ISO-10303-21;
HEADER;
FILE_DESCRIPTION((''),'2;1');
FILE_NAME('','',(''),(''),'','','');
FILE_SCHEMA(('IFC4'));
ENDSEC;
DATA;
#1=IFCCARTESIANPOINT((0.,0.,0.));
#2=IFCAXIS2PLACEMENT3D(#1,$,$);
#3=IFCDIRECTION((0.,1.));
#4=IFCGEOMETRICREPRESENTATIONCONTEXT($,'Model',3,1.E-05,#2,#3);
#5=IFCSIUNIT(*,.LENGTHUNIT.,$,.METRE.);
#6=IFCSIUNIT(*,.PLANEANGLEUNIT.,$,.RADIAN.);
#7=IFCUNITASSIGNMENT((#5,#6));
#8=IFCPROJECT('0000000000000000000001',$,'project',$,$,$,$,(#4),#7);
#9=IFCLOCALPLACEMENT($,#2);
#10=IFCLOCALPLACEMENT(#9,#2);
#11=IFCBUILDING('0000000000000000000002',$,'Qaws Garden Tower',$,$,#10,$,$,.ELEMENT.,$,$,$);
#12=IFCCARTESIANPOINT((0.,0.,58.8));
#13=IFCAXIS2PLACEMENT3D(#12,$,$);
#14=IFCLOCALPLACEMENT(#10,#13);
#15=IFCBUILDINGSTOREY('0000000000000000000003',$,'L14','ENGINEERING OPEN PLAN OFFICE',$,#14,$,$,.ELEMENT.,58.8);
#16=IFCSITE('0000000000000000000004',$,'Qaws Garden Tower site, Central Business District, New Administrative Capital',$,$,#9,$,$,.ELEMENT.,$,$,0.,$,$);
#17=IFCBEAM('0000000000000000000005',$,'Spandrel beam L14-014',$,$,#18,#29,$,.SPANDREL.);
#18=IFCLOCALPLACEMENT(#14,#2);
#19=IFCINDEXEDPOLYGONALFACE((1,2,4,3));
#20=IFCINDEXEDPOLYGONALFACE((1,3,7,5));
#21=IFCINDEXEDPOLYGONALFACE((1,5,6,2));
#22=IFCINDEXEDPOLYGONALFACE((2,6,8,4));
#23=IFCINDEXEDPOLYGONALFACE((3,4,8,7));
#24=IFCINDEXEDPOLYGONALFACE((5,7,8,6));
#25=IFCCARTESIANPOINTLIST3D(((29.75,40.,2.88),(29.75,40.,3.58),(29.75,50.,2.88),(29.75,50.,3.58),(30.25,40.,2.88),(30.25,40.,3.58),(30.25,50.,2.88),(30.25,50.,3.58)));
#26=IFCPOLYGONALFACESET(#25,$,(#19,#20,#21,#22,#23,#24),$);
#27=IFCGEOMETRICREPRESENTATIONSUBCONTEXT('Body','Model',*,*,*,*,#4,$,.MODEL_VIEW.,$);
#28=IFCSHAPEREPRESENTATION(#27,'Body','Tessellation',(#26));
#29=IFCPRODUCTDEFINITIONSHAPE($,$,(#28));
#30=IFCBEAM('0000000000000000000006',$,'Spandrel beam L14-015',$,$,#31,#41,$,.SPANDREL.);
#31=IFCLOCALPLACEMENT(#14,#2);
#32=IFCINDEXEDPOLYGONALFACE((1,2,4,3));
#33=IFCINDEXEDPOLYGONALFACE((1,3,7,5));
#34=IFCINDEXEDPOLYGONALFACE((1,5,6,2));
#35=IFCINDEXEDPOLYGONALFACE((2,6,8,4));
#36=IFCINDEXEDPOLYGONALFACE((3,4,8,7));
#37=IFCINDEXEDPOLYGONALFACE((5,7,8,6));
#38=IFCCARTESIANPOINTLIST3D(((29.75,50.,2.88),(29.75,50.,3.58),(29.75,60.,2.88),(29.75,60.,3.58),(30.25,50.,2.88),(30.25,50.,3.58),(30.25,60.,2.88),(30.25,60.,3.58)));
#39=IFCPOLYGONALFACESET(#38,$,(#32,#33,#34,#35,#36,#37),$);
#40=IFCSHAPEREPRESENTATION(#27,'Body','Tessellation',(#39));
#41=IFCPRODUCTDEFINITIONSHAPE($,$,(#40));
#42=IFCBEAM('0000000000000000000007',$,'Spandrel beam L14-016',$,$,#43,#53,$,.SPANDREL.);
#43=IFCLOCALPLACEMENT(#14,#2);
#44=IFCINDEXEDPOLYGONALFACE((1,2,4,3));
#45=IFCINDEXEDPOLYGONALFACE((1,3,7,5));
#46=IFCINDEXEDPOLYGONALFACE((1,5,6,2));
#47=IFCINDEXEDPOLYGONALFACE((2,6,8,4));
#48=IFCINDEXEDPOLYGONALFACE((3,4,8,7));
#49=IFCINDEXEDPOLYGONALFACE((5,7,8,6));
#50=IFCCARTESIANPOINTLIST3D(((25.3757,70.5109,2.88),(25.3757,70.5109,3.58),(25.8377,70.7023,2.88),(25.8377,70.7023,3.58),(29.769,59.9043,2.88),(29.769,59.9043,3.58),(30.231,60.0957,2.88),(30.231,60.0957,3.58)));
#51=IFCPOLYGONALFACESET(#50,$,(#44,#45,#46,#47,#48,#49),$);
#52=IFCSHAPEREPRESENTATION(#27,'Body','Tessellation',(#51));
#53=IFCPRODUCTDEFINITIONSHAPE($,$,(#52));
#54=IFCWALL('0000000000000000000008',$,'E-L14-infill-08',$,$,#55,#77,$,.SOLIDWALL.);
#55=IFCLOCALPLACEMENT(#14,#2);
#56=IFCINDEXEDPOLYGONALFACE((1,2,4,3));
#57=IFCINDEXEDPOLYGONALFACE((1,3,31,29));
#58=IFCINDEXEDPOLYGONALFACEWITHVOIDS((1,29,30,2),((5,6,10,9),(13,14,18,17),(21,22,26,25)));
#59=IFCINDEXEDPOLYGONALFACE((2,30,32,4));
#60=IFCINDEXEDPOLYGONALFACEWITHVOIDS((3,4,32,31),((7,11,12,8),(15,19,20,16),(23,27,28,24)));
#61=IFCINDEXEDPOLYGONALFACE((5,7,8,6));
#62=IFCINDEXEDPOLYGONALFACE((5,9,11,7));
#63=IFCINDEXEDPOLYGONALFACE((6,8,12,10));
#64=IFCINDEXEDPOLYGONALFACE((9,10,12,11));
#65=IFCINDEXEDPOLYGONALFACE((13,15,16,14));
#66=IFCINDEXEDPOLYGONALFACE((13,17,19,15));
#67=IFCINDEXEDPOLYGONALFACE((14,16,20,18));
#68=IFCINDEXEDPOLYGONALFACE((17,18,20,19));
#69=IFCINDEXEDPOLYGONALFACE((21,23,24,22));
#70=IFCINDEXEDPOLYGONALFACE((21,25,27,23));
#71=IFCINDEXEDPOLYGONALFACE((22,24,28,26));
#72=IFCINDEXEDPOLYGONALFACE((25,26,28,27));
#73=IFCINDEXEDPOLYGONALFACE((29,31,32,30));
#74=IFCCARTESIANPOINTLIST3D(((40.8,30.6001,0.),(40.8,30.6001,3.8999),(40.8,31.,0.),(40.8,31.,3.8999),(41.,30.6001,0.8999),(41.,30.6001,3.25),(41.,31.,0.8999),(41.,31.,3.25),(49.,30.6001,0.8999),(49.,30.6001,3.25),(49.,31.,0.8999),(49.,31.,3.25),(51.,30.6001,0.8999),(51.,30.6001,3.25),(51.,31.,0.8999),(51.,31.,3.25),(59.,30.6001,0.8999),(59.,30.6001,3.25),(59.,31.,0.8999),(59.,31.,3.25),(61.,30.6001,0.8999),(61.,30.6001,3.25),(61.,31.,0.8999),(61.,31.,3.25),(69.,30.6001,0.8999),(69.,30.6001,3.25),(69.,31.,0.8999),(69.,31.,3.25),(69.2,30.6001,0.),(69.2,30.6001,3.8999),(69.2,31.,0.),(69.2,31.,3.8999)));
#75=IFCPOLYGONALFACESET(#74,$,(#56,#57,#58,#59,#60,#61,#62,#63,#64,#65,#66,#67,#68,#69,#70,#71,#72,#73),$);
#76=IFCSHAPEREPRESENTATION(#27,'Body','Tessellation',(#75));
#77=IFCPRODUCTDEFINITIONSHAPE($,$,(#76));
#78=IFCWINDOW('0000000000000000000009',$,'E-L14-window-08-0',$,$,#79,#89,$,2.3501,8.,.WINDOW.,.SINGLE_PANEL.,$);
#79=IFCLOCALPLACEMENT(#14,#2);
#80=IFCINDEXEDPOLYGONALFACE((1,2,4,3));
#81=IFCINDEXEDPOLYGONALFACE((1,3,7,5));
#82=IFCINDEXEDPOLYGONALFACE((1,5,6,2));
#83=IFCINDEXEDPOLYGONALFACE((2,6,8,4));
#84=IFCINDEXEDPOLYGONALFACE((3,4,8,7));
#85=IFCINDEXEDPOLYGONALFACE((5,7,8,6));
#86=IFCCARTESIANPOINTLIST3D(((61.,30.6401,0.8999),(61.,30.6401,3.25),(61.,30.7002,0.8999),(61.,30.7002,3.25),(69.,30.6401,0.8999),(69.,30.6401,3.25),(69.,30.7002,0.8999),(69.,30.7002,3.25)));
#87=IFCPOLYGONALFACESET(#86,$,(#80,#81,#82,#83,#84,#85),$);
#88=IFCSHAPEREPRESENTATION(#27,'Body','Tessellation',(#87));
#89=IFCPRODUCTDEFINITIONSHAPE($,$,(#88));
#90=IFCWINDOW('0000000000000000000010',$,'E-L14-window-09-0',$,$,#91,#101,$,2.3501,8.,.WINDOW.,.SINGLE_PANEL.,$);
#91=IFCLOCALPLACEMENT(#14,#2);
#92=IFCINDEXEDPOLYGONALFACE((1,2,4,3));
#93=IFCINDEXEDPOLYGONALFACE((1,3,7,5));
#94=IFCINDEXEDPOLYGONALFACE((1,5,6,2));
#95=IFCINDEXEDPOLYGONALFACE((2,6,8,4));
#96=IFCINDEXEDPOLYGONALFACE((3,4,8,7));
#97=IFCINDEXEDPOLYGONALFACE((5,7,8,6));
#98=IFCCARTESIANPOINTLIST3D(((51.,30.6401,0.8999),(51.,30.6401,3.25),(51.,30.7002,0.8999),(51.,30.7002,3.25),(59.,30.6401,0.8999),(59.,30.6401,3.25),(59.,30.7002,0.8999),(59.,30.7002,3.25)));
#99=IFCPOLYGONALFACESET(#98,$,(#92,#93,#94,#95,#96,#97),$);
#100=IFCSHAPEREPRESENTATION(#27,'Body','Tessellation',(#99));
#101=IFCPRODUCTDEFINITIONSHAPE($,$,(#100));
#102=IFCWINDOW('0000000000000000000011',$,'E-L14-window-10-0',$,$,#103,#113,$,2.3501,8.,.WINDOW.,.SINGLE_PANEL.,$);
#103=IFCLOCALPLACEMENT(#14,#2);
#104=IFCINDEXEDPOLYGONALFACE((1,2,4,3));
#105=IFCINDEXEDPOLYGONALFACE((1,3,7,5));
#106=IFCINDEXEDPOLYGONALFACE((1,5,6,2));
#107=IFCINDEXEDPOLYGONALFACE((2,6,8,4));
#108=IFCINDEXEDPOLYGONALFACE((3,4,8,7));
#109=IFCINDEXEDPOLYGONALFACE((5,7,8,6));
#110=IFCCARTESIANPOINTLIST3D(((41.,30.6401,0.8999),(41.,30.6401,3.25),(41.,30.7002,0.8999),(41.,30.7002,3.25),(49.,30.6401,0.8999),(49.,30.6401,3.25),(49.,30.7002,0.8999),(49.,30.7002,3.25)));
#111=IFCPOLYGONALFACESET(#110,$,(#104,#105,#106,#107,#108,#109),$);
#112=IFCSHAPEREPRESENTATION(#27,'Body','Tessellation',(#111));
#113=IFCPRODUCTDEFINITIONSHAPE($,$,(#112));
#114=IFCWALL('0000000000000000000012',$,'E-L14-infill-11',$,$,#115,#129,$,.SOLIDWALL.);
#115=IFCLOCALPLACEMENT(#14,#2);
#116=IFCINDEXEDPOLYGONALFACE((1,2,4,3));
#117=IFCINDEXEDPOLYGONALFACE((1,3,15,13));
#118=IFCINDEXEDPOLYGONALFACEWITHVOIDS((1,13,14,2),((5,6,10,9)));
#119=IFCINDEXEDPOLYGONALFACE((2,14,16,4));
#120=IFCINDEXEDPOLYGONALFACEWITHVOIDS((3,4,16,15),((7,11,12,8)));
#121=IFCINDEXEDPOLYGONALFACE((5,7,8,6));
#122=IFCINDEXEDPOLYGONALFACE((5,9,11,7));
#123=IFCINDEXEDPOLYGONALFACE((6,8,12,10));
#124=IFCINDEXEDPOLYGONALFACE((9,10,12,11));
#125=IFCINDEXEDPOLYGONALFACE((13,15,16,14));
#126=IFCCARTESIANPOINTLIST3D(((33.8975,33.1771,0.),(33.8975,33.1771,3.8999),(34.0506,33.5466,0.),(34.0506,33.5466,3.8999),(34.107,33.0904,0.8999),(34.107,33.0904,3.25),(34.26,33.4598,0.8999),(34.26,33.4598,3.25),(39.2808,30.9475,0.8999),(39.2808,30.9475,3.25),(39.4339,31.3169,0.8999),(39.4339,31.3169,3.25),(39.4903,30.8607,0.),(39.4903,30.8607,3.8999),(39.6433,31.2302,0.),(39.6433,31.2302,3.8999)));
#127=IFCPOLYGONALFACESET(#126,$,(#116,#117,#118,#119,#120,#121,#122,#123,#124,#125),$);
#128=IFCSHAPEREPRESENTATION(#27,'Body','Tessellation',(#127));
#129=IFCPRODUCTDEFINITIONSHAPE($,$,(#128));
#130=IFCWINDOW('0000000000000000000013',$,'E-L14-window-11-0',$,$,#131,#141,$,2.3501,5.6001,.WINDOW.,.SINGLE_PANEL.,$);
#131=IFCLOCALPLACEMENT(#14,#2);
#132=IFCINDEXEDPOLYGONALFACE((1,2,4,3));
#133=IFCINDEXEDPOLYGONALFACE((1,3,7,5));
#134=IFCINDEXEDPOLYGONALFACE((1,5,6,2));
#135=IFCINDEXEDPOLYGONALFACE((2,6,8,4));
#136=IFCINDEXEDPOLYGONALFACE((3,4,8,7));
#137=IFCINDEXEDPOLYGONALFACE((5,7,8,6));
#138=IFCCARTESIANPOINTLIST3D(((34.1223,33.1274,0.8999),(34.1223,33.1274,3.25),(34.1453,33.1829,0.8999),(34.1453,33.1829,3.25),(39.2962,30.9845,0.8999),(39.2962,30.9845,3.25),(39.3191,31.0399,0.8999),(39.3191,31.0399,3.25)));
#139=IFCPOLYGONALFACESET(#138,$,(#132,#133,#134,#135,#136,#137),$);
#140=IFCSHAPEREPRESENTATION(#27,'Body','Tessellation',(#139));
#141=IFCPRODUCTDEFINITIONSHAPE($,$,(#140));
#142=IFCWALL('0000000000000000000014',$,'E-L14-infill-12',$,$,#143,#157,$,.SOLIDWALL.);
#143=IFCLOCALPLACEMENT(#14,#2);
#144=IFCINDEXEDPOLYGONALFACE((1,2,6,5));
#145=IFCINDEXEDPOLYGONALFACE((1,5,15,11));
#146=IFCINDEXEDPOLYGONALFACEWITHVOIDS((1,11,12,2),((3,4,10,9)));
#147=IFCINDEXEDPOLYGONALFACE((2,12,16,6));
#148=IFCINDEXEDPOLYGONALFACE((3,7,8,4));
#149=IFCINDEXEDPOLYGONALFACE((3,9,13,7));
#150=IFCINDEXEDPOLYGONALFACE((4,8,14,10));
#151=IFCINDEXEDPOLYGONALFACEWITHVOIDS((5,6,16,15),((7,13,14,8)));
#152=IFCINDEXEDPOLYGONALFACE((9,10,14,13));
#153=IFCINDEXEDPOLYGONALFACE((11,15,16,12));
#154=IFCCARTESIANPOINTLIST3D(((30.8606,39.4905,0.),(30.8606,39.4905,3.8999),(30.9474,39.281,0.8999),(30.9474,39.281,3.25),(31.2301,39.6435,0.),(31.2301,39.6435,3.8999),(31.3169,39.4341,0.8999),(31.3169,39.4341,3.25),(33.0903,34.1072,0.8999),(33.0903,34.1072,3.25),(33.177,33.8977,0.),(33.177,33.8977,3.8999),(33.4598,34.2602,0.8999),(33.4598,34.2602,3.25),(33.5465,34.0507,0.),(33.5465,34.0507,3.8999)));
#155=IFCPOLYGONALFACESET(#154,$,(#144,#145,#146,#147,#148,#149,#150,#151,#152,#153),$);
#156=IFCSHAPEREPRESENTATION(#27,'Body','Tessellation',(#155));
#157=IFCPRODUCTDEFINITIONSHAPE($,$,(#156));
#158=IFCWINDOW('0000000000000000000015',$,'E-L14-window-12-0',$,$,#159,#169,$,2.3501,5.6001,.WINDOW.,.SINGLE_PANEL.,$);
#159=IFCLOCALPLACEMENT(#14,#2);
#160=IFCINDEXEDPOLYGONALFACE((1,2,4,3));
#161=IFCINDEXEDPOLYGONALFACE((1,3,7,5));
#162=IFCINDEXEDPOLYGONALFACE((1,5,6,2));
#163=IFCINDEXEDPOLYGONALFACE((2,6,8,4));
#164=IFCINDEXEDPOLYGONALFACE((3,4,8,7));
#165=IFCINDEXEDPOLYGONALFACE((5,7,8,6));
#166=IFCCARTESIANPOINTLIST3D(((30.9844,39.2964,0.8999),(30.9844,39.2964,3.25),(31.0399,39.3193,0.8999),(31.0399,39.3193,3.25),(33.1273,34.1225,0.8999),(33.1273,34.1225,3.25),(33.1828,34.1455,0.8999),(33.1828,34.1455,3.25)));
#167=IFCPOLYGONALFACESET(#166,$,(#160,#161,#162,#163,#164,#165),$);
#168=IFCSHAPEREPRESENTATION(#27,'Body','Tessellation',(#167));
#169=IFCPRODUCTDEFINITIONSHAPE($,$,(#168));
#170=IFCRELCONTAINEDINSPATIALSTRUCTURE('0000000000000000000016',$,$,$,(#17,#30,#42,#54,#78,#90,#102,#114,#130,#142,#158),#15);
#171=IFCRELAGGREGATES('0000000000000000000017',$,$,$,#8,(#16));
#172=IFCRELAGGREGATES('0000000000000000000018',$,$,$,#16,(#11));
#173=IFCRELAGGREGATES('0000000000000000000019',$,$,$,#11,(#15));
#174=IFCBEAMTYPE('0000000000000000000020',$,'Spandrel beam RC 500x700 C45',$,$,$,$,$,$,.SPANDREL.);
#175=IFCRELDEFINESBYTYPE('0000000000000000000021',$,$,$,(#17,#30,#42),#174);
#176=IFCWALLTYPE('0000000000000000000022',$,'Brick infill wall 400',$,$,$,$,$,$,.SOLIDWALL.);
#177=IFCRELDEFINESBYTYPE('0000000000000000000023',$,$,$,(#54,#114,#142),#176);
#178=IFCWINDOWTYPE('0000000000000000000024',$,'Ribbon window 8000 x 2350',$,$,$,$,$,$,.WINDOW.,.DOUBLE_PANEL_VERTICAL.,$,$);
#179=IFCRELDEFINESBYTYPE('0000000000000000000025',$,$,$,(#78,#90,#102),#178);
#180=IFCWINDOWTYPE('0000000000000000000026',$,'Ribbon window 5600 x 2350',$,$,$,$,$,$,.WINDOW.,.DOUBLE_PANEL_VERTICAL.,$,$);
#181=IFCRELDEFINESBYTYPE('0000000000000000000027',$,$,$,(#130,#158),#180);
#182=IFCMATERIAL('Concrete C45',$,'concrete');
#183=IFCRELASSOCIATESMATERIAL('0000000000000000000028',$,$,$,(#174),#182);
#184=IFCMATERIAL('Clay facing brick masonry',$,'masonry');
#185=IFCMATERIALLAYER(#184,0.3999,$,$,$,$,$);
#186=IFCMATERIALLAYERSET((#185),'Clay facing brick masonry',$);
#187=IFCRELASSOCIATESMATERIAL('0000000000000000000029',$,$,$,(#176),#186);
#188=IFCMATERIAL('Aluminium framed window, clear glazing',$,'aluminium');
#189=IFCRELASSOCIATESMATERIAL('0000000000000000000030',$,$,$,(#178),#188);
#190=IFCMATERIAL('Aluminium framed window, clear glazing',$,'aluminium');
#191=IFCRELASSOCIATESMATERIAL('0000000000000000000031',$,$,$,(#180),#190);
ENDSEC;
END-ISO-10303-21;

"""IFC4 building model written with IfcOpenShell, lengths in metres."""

from ifc_helpers import new_model, si_unit, direction, frame, frame_2d, origin, origin_2d, place, context, subcontext, project, spatial, rectangle, extrude, material, layer, layer_set, material_profile, profile_set, type_object, element, fill, save


model = new_model("IFC4")

# Units and contexts
model_context = context("Model", 3, precision=1e-05, world=origin(), true_north=direction((0.0, 1.0)))
body_context = subcontext(model_context, "Body", "Model", "MODEL_VIEW")
ifc_project = project(units=[si_unit("LENGTHUNIT", "METRE"), si_unit("PLANEANGLEUNIT", "RADIAN")], contexts=[model_context])

# Site, building, storey
site_placement = place(None, origin())
site = spatial("IfcSite", under=ifc_project, at=site_placement, Name="Qaws Garden Tower site, Central Business District, New Administrative Capital", CompositionType="ELEMENT", RefElevation=0.0)
building_placement = place(site_placement, origin())
building = spatial("IfcBuilding", under=site, at=building_placement, Name="Qaws Garden Tower", CompositionType="ELEMENT")
storey_placement = place(building_placement, frame((0.0, 0.0, 58.8)))
storey = spatial("IfcBuildingStorey", under=building, at=storey_placement, Name="L14", Description="ENGINEERING OPEN PLAN OFFICE", CompositionType="ELEMENT", Elevation=58.8)

# Beams
ifc_material_1 = material(Name="Concrete C45", Category="concrete")
ifc_material_profile_1 = material_profile(ifc_material_1, rectangle(XDim=0.5, YDim=0.7, at=origin_2d()), Name="RC 500x700")
ifc_profile_set_1 = profile_set([ifc_material_profile_1], Name="Concrete C45")
beam_type = type_object("IfcBeamType", Name="Spandrel beam RC 500x700 C45", PredefinedType="SPANDREL", material=ifc_profile_set_1)
for number, where, z_axis, x_axis, name in (
    (1, (30.0, 40.0, 3.23), (0.0, 1.0, 0.0), (-1.0, 0.0, 0.0), "Spandrel beam L14-014"),
    (2, (30.0, 50.0, 3.23), (0.0, 1.0, 0.0), (-1.0, 0.0, 0.0), "Spandrel beam L14-015"),
):
    element("IfcBeam", number, at=place(storey_placement, frame(where, z_axis=z_axis, x_axis=x_axis)), inside=storey, type_object=beam_type, Name=name, PredefinedType="SPANDREL", context=body_context, shape_type="SweptSolid", body=[
        extrude(rectangle(XDim=0.5, YDim=0.7, at=origin_2d()), origin(), (0.0, 0.0, 1.0), 10.0),
    ])
beam_1_placement = place(storey_placement, frame((30.0, 60.0, 3.23), z_axis=(-0.382674, 0.923883, 0.0), x_axis=(-0.923883, -0.382674, 0.0)))
element("IfcBeam", 3, at=beam_1_placement, inside=storey, type_object=beam_type, Name="Spandrel beam L14-016", PredefinedType="SPANDREL", context=body_context, shape_type="SweptSolid", body=[
    extrude(rectangle(XDim=0.5, YDim=0.7, at=origin_2d()), origin(), (0.0, 0.0, 1.0), 11.4805),
])

# Wall, openings, windows
ifc_material_2 = material(Name="Clay facing brick masonry", Category="masonry")
ifc_layer_1 = layer(ifc_material_2, 0.3999)
ifc_layer_set_1 = layer_set([ifc_layer_1], Name="Clay facing brick masonry")
wall_type_1 = type_object("IfcWallType", Name="Brick infill wall 400", PredefinedType="SOLIDWALL", material=ifc_layer_set_1)
wall_1_placement = place(storey_placement, frame((69.2, 30.8, 0.0), z_axis=(0.0, 0.0, 1.0), x_axis=(-1.0, 0.0, 0.0)))
wall_1 = element("IfcWall", 4, at=wall_1_placement, inside=storey, type_object=wall_type_1, Name="E-L14-infill-08", PredefinedType="SOLIDWALL", context=body_context, shape_type="SweptSolid", body=[
    extrude(rectangle(XDim=28.3999, YDim=0.3999, at=frame_2d((14.2, 0.0))), origin(), (0.0, 0.0, 1.0), 3.8999),
])
opening_1_placement = place(wall_1_placement, frame((0.2, 0.0, 0.8999)))
opening_1 = element("IfcOpeningElement", 5, at=opening_1_placement, cuts=wall_1, PredefinedType="OPENING", context=body_context, shape_type="SweptSolid", body=[
    extrude(rectangle(XDim=8.0, YDim=2.3501, at=frame_2d((4.0, 1.175))), frame((0.0, 0.21, 0.0), z_axis=(0.0, -1.0, 0.0), x_axis=(1.0, 0.0, 0.0)), (0.0, 0.0, 1.0), 0.4199),
])
opening_2_placement = place(wall_1_placement, frame((10.2, 0.0, 0.8999)))
opening_2 = element("IfcOpeningElement", 6, at=opening_2_placement, cuts=wall_1, PredefinedType="OPENING", context=body_context, shape_type="SweptSolid", body=[
    extrude(rectangle(XDim=8.0, YDim=2.3501, at=frame_2d((4.0, 1.175))), frame((0.0, 0.21, 0.0), z_axis=(0.0, -1.0, 0.0), x_axis=(1.0, 0.0, 0.0)), (0.0, 0.0, 1.0), 0.4199),
])
opening_3_placement = place(wall_1_placement, frame((20.2, 0.0, 0.8999)))
opening_3 = element("IfcOpeningElement", 7, at=opening_3_placement, cuts=wall_1, PredefinedType="OPENING", context=body_context, shape_type="SweptSolid", body=[
    extrude(rectangle(XDim=8.0, YDim=2.3501, at=frame_2d((4.0, 1.175))), frame((0.0, 0.21, 0.0), z_axis=(0.0, -1.0, 0.0), x_axis=(1.0, 0.0, 0.0)), (0.0, 0.0, 1.0), 0.4199),
])
ifc_material_3 = material(Name="Aluminium framed window, clear glazing", Category="aluminium")
window_type_1 = type_object("IfcWindowType", Name="Ribbon window 8000 x 2350", PartitioningType="DOUBLE_PANEL_VERTICAL", PredefinedType="WINDOW", material=ifc_material_3)
window_1_placement = place(opening_1_placement, origin())
window_1 = element("IfcWindow", 8, at=window_1_placement, inside=storey, type_object=window_type_1, Name="E-L14-window-08-0", OverallHeight=2.3501, OverallWidth=8.0, PartitioningType="SINGLE_PANEL", PredefinedType="WINDOW", context=body_context, shape_type="SweptSolid", body=[
    extrude(rectangle(XDim=8.0, YDim=2.3501, at=frame_2d((4.0, 1.175))), frame((0.0, 0.1599, 0.0), z_axis=(0.0, -1.0, 0.0), x_axis=(1.0, 0.0, 0.0)), (0.0, 0.0, 1.0), 0.0601),
])
fill(opening_1, window_1)
window_2_placement = place(opening_2_placement, origin())
window_2 = element("IfcWindow", 9, at=window_2_placement, inside=storey, type_object=window_type_1, Name="E-L14-window-09-0", OverallHeight=2.3501, OverallWidth=8.0, PartitioningType="SINGLE_PANEL", PredefinedType="WINDOW", context=body_context, shape_type="SweptSolid", body=[
    extrude(rectangle(XDim=8.0, YDim=2.3501, at=frame_2d((4.0, 1.175))), frame((0.0, 0.1599, 0.0), z_axis=(0.0, -1.0, 0.0), x_axis=(1.0, 0.0, 0.0)), (0.0, 0.0, 1.0), 0.0601),
])
fill(opening_2, window_2)
window_3_placement = place(opening_3_placement, origin())
window_3 = element("IfcWindow", 10, at=window_3_placement, inside=storey, type_object=window_type_1, Name="E-L14-window-10-0", OverallHeight=2.3501, OverallWidth=8.0, PartitioningType="SINGLE_PANEL", PredefinedType="WINDOW", context=body_context, shape_type="SweptSolid", body=[
    extrude(rectangle(XDim=8.0, YDim=2.3501, at=frame_2d((4.0, 1.175))), frame((0.0, 0.1599, 0.0), z_axis=(0.0, -1.0, 0.0), x_axis=(1.0, 0.0, 0.0)), (0.0, 0.0, 1.0), 0.0601),
])
fill(opening_3, window_3)

# Walls, openings, windows
wall_2_placement = place(storey_placement, frame((39.5669, 31.0454, 0.0), z_axis=(0.0, 0.0, 1.0), x_axis=(-0.923891, 0.382656, 0.0)))
wall_2 = element("IfcWall", 11, at=wall_2_placement, inside=storey, type_object=wall_type_1, Name="E-L14-infill-11", PredefinedType="SOLIDWALL", context=body_context, shape_type="SweptSolid", body=[
    extrude(rectangle(XDim=6.0535, YDim=0.3999, at=frame_2d((3.0269, 0.0))), origin(), (0.0, 0.0, 1.0), 3.8999),
])
opening_4_placement = place(wall_2_placement, frame((0.2268, 0.0, 0.8999)))
opening_4 = element("IfcOpeningElement", 12, at=opening_4_placement, cuts=wall_2, PredefinedType="OPENING", context=body_context, shape_type="SweptSolid", body=[
    extrude(rectangle(XDim=5.6001, YDim=2.3501, at=frame_2d((2.8, 1.175))), frame((0.0, 0.21, 0.0), z_axis=(0.0, -1.0, 0.0), x_axis=(1.0, 0.0, 0.0)), (0.0, 0.0, 1.0), 0.4199),
])
ifc_material_4 = material(Name="Aluminium framed window, clear glazing", Category="aluminium")
window_type_2 = type_object("IfcWindowType", Name="Ribbon window 5600 x 2350", PartitioningType="DOUBLE_PANEL_VERTICAL", PredefinedType="WINDOW", material=ifc_material_4)
window_4_placement = place(opening_4_placement, origin())
window_4 = element("IfcWindow", 13, at=window_4_placement, inside=storey, type_object=window_type_2, Name="E-L14-window-11-0", OverallHeight=2.3501, OverallWidth=5.6001, PartitioningType="SINGLE_PANEL", PredefinedType="WINDOW", context=body_context, shape_type="SweptSolid", body=[
    extrude(rectangle(XDim=5.6001, YDim=2.3501, at=frame_2d((2.8, 1.175))), frame((0.0, 0.1599, 0.0), z_axis=(0.0, -1.0, 0.0), x_axis=(1.0, 0.0, 0.0)), (0.0, 0.0, 1.0), 0.0601),
])
fill(opening_4, window_4)
wall_3_placement = place(storey_placement, frame((33.3618, 33.9741, 0.0), z_axis=(0.0, 0.0, 1.0), x_axis=(-0.382656, 0.923891, 0.0)))
wall_3 = element("IfcWall", 14, at=wall_3_placement, inside=storey, type_object=wall_type_1, Name="E-L14-infill-12", PredefinedType="SOLIDWALL", context=body_context, shape_type="SweptSolid", body=[
    extrude(rectangle(XDim=6.0535, YDim=0.3999, at=frame_2d((3.0269, 0.0))), origin(), (0.0, 0.0, 1.0), 3.8999),
])
opening_5_placement = place(wall_3_placement, frame((0.2268, 0.0, 0.8999)))
opening_5 = element("IfcOpeningElement", 15, at=opening_5_placement, cuts=wall_3, PredefinedType="OPENING", context=body_context, shape_type="SweptSolid", body=[
    extrude(rectangle(XDim=5.6001, YDim=2.3501, at=frame_2d((2.8, 1.175))), frame((0.0, 0.21, 0.0), z_axis=(0.0, -1.0, 0.0), x_axis=(1.0, 0.0, 0.0)), (0.0, 0.0, 1.0), 0.4199),
])
window_5_placement = place(opening_5_placement, origin())
window_5 = element("IfcWindow", 16, at=window_5_placement, inside=storey, type_object=window_type_2, Name="E-L14-window-12-0", OverallHeight=2.3501, OverallWidth=5.6001, PartitioningType="SINGLE_PANEL", PredefinedType="WINDOW", context=body_context, shape_type="SweptSolid", body=[
    extrude(rectangle(XDim=5.6001, YDim=2.3501, at=frame_2d((2.8, 1.175))), frame((0.0, 0.1599, 0.0), z_axis=(0.0, -1.0, 0.0), x_axis=(1.0, 0.0, 0.0)), (0.0, 0.0, 1.0), 0.0601),
])
fill(opening_5, window_5)

save(model, "model.ifc")
